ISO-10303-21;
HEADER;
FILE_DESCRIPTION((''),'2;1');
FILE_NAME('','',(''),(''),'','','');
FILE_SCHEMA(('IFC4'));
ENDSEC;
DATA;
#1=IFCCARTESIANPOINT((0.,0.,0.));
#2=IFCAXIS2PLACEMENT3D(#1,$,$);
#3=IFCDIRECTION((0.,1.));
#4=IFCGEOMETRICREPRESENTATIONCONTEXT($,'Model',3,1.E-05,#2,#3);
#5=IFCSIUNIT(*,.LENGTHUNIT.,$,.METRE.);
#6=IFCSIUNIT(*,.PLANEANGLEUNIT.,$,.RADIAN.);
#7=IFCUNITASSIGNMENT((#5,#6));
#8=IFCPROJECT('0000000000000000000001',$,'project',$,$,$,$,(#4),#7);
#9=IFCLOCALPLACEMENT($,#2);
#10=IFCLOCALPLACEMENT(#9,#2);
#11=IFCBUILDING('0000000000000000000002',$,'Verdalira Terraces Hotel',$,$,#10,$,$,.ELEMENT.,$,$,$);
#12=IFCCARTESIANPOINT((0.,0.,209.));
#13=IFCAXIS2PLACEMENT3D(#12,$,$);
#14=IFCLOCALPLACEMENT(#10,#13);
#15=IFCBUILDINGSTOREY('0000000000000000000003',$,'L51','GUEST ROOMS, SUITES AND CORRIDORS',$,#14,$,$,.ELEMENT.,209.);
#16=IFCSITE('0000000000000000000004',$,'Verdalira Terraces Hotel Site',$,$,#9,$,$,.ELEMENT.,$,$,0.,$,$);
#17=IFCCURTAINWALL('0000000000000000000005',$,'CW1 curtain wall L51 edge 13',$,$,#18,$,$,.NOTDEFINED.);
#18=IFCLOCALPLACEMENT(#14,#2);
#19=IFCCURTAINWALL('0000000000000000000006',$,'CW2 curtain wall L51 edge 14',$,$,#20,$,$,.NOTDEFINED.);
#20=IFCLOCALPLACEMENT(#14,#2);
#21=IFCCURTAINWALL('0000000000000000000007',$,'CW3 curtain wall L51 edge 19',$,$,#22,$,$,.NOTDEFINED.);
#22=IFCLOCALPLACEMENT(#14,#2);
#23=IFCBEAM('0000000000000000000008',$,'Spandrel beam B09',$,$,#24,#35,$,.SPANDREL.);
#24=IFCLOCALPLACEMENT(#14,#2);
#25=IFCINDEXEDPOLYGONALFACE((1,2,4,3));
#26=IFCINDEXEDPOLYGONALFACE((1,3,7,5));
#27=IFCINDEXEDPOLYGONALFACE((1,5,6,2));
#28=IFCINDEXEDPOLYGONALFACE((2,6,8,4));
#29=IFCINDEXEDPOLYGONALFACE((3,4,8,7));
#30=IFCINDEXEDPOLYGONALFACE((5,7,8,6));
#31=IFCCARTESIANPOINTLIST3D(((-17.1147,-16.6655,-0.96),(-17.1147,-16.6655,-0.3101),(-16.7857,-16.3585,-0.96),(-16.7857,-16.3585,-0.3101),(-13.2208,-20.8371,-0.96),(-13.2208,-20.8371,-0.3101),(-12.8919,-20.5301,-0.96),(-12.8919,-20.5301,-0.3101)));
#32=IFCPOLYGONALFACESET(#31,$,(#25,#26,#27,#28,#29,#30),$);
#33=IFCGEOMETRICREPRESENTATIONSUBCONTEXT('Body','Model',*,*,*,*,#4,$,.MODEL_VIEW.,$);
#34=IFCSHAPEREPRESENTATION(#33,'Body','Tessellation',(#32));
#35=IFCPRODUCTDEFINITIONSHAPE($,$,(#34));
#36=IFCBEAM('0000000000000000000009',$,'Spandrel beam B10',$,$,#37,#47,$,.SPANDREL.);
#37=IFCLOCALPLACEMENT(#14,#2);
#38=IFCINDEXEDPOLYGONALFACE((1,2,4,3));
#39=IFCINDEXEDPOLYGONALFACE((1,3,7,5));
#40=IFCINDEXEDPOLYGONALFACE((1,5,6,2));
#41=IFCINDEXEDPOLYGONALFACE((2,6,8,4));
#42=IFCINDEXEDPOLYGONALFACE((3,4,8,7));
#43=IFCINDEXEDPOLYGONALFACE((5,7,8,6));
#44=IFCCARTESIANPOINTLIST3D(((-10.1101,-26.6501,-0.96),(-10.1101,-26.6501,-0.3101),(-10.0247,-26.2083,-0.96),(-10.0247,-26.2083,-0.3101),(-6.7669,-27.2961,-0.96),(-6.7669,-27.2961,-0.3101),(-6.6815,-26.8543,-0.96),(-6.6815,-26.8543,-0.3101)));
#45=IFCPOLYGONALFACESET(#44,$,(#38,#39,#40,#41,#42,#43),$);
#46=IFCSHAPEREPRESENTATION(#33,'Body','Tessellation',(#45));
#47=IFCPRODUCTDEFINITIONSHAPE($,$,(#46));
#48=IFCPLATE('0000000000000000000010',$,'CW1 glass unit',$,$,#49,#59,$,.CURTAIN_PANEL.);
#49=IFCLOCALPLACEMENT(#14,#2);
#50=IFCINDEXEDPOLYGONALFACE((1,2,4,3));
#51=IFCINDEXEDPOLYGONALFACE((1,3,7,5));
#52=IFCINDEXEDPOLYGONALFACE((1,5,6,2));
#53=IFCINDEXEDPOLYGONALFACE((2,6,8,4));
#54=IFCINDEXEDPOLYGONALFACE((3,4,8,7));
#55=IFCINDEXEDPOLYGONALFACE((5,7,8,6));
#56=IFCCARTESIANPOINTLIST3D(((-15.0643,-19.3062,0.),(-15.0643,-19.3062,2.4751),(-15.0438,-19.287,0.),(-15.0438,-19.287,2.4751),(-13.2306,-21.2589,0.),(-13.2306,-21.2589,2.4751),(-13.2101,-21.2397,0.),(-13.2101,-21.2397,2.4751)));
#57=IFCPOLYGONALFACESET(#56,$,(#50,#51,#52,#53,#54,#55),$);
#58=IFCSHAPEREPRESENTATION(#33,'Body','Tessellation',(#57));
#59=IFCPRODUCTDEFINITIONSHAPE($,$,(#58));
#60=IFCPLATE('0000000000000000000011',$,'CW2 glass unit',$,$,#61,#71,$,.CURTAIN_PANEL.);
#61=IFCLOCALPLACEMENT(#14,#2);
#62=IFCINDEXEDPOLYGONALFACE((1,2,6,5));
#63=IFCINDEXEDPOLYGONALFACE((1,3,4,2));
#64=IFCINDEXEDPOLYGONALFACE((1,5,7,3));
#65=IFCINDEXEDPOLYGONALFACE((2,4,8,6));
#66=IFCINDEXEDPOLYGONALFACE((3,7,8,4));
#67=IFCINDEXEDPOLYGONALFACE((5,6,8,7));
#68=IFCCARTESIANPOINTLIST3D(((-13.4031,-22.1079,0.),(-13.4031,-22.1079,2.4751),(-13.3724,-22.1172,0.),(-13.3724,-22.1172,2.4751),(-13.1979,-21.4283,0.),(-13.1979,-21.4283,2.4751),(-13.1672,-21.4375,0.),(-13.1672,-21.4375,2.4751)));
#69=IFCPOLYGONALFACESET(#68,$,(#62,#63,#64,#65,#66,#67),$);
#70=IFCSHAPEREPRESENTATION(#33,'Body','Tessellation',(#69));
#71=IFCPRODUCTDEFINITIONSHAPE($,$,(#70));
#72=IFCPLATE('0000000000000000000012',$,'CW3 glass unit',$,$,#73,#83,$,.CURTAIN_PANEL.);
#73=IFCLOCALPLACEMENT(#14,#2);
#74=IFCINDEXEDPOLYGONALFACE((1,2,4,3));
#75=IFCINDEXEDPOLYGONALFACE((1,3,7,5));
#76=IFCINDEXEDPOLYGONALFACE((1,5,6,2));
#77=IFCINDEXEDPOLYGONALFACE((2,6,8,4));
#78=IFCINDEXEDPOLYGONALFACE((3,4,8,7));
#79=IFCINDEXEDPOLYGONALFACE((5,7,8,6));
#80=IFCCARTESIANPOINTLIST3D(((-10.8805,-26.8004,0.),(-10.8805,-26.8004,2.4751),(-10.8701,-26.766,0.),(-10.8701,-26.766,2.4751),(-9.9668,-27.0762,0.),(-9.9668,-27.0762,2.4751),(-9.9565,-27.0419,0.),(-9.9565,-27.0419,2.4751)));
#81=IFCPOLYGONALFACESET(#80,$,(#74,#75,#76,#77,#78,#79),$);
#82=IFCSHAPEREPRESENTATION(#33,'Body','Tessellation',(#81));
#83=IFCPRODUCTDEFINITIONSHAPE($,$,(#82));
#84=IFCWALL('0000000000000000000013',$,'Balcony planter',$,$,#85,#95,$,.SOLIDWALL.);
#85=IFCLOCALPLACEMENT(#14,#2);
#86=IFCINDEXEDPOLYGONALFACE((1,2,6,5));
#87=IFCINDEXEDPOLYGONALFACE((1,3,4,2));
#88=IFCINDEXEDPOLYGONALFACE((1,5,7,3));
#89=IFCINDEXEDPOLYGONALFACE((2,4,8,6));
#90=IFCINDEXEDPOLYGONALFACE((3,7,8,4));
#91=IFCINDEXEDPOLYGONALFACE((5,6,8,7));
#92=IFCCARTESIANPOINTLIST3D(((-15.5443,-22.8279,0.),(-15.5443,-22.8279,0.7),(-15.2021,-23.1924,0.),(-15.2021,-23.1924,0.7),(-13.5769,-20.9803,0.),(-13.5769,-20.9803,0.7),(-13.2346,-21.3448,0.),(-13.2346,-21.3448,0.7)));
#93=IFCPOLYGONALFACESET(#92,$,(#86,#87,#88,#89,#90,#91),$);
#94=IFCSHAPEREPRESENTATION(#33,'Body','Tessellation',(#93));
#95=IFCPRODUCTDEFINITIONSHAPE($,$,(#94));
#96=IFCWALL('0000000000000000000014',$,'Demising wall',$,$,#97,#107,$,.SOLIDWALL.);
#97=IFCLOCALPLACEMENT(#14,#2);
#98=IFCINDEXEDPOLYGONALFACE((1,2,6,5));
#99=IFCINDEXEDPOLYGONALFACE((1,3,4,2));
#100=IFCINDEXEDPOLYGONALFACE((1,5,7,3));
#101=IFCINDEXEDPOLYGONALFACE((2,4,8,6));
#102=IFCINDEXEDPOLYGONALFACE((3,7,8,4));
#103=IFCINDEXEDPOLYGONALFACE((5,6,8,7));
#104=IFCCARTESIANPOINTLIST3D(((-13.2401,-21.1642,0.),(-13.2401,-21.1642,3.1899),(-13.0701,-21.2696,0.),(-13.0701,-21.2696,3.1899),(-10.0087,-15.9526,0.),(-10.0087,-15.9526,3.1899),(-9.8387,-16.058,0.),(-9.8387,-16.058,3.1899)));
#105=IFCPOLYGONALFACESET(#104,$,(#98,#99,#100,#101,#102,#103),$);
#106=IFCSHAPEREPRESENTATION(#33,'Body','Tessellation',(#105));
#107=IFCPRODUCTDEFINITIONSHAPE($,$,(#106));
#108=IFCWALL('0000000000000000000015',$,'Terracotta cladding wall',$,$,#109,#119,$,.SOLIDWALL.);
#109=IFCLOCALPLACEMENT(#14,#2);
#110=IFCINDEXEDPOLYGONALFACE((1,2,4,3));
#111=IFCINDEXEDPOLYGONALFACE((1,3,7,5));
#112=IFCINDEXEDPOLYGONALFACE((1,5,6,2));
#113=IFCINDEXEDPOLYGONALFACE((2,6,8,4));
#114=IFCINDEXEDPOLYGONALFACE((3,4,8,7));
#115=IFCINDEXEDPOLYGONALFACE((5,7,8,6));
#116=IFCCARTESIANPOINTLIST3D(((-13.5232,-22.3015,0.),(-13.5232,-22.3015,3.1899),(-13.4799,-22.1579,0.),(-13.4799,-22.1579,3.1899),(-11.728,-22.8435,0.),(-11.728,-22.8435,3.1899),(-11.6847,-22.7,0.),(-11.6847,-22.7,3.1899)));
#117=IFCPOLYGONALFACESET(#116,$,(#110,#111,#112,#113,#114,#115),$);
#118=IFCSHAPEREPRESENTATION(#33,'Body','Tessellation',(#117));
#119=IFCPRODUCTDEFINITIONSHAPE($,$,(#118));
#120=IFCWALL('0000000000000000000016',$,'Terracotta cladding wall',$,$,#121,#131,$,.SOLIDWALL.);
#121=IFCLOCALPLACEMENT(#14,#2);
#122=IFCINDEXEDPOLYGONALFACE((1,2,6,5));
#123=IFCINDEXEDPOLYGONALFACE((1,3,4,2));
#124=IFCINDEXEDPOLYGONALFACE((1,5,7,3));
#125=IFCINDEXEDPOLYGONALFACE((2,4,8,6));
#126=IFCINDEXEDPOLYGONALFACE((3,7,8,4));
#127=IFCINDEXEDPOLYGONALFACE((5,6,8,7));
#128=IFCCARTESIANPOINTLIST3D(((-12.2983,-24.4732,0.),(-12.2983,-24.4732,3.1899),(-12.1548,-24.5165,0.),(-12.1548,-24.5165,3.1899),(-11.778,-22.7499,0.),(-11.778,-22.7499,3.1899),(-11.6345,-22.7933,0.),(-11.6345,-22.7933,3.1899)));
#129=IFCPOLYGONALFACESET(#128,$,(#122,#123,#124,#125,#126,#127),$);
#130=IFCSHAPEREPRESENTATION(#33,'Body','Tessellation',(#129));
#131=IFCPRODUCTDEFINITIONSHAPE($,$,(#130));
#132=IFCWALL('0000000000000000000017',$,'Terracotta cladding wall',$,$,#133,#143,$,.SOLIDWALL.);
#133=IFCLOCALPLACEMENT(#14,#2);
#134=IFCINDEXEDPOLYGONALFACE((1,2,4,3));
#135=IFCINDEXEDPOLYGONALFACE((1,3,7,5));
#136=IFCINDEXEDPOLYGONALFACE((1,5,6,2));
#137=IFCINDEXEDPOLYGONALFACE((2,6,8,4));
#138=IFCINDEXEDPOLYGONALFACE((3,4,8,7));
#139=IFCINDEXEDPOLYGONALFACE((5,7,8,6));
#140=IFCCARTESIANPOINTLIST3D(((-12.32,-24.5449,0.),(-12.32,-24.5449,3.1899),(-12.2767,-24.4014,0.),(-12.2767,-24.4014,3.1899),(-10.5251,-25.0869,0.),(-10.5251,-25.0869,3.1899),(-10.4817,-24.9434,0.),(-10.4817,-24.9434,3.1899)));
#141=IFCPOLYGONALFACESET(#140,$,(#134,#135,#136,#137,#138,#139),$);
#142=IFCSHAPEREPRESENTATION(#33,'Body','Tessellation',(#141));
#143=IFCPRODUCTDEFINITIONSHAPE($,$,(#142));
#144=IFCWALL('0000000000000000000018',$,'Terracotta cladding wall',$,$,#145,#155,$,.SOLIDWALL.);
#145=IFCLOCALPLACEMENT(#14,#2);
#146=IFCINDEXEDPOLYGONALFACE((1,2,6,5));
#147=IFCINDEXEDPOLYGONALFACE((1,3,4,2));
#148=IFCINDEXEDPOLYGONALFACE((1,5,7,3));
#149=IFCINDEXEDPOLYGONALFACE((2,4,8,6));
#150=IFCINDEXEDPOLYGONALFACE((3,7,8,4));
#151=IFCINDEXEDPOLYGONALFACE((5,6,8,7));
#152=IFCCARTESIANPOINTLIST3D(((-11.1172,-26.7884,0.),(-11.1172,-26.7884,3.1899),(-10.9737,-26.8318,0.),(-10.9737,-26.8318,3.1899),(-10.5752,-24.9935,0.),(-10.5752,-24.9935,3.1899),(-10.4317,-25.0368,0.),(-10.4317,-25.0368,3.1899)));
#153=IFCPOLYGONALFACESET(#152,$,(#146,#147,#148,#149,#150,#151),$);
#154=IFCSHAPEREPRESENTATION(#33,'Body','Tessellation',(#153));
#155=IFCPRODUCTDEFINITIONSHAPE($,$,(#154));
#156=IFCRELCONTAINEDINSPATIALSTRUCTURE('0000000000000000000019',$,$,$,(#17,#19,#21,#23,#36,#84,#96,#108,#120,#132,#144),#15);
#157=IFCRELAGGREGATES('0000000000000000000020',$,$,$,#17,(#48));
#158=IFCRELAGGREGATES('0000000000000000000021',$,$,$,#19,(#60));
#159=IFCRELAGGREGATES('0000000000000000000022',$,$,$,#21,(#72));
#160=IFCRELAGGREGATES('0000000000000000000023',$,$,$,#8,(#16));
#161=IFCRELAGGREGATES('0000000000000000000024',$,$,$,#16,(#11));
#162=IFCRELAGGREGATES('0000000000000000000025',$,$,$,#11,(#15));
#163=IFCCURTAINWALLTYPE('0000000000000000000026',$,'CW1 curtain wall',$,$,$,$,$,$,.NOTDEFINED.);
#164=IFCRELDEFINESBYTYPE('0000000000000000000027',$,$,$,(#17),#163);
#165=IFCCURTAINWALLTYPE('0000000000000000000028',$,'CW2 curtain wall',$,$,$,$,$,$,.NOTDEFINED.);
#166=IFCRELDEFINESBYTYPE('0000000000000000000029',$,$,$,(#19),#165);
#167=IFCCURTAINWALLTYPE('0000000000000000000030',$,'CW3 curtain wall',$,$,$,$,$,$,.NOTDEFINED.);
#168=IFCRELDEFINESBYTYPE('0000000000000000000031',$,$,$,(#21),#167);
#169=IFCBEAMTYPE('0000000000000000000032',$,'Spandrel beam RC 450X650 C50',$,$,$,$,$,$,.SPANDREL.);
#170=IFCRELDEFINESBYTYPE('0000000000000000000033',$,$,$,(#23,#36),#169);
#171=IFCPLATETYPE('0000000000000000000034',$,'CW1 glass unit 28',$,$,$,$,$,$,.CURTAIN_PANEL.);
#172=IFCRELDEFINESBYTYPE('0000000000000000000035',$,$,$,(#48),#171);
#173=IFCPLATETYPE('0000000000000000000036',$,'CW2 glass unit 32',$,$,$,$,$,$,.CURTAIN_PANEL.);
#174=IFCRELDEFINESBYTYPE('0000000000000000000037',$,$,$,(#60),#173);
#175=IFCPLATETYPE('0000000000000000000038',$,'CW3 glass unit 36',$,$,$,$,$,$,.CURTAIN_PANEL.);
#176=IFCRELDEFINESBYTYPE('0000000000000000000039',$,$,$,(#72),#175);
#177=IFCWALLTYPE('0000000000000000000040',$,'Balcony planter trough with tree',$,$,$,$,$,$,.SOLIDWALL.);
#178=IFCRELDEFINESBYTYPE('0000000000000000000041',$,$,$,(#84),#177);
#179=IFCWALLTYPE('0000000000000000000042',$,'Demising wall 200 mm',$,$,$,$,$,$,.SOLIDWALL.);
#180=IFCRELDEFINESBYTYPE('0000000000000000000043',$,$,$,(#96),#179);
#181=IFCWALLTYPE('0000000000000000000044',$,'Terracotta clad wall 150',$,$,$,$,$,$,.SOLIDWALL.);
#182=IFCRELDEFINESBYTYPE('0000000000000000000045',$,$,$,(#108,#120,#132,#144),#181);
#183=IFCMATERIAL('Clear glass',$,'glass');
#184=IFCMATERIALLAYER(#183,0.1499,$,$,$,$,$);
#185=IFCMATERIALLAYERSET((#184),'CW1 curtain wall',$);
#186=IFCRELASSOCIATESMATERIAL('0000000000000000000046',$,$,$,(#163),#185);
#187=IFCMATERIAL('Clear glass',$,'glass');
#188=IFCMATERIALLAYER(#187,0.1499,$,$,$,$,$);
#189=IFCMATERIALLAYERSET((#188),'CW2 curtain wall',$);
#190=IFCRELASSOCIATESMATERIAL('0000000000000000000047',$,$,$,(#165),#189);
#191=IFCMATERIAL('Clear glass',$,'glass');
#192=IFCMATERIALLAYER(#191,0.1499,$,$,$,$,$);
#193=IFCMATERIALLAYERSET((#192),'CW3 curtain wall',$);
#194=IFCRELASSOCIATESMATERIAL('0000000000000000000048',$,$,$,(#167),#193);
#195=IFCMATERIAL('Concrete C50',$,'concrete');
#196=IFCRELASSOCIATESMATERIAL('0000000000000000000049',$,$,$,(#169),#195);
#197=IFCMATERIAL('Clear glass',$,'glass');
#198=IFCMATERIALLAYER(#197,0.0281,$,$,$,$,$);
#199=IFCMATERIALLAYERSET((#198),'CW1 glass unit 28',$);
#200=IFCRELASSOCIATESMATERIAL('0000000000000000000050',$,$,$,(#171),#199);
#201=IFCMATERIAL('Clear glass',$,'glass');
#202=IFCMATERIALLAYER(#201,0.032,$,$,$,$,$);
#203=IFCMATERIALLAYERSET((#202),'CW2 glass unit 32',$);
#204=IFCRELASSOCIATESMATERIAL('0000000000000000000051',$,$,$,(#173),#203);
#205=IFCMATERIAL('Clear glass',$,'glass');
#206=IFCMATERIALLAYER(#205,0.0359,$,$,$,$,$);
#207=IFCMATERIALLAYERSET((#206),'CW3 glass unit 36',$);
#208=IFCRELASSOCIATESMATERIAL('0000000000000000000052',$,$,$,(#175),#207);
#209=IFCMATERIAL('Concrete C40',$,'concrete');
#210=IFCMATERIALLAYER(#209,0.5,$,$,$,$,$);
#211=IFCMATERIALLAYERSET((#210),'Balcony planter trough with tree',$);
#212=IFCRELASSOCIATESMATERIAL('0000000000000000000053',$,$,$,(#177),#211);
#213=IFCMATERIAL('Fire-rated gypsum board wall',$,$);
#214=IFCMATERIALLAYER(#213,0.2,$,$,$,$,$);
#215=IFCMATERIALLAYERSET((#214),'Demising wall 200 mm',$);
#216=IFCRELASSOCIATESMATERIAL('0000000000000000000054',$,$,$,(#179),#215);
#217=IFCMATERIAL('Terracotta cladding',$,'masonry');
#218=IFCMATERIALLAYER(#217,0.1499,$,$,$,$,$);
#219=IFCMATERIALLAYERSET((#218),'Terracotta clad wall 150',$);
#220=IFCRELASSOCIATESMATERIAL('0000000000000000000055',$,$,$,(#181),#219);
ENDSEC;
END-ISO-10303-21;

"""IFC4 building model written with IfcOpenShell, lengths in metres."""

from ifc_helpers import new_model, si_unit, direction, frame, frame_2d, origin, origin_2d, place, context, subcontext, project, spatial, rectangle, extrude, material, layer, layer_set, material_profile, profile_set, type_object, element, aggregate, save


model = new_model("IFC4")

# Units and contexts
model_context = context("Model", 3, precision=1e-05, world=origin(), true_north=direction((0.0, 1.0)))
body_context = subcontext(model_context, "Body", "Model", "MODEL_VIEW")
ifc_project = project(units=[si_unit("LENGTHUNIT", "METRE"), si_unit("PLANEANGLEUNIT", "RADIAN")], contexts=[model_context])

# Site, building, storey
site_placement = place(None, origin())
site = spatial("IfcSite", under=ifc_project, at=site_placement, Name="Verdalira Terraces Hotel Site", CompositionType="ELEMENT", RefElevation=0.0)
building_placement = place(site_placement, origin())
building = spatial("IfcBuilding", under=site, at=building_placement, Name="Verdalira Terraces Hotel", CompositionType="ELEMENT")
storey_placement = place(building_placement, frame((0.0, 0.0, 209.0)))
storey = spatial("IfcBuildingStorey", under=building, at=storey_placement, Name="L51", Description="GUEST ROOMS, SUITES AND CORRIDORS", CompositionType="ELEMENT", Elevation=209.0)

# Curtain wall
ifc_material_1 = material(Name="Clear glass", Category="glass")
ifc_layer_1 = layer(ifc_material_1, 0.1499)
ifc_layer_set_1 = layer_set([ifc_layer_1], Name="CW1 curtain wall")
curtain_wall_type_1 = type_object("IfcCurtainWallType", Name="CW1 curtain wall", PredefinedType="NOTDEFINED", material=ifc_layer_set_1)
curtain_wall_1_placement = place(storey_placement, origin())
curtain_wall_1 = element("IfcCurtainWall", 1, at=curtain_wall_1_placement, inside=storey, type_object=curtain_wall_type_1, Name="CW1 curtain wall L51 edge 13", PredefinedType="NOTDEFINED")

# Curtain walls
ifc_material_2 = material(Name="Clear glass", Category="glass")
ifc_layer_2 = layer(ifc_material_2, 0.1499)
ifc_layer_set_2 = layer_set([ifc_layer_2], Name="CW2 curtain wall")
curtain_wall_type_2 = type_object("IfcCurtainWallType", Name="CW2 curtain wall", PredefinedType="NOTDEFINED", material=ifc_layer_set_2)
curtain_wall_2_placement = place(storey_placement, origin())
curtain_wall_2 = element("IfcCurtainWall", 2, at=curtain_wall_2_placement, inside=storey, type_object=curtain_wall_type_2, Name="CW2 curtain wall L51 edge 14", PredefinedType="NOTDEFINED")
ifc_material_3 = material(Name="Clear glass", Category="glass")
ifc_layer_3 = layer(ifc_material_3, 0.1499)
ifc_layer_set_3 = layer_set([ifc_layer_3], Name="CW3 curtain wall")
curtain_wall_type_3 = type_object("IfcCurtainWallType", Name="CW3 curtain wall", PredefinedType="NOTDEFINED", material=ifc_layer_set_3)
curtain_wall_3_placement = place(storey_placement, origin())
curtain_wall_3 = element("IfcCurtainWall", 3, at=curtain_wall_3_placement, inside=storey, type_object=curtain_wall_type_3, Name="CW3 curtain wall L51 edge 19", PredefinedType="NOTDEFINED")

# Beams
ifc_material_4 = material(Name="Concrete C50", Category="concrete")
ifc_material_profile_1 = material_profile(ifc_material_4, rectangle(XDim=0.45, YDim=0.6499, at=origin_2d()), Name="RC 450X650")
ifc_profile_set_1 = profile_set([ifc_material_profile_1], Name="Concrete C50")
beam_type_1 = type_object("IfcBeamType", Name="Spandrel beam RC 450X650 C50", PredefinedType="SPANDREL", material=ifc_profile_set_1)
beam_1_placement = place(storey_placement, frame((-16.9502, -16.512, -0.635), z_axis=(0.682344, -0.731031, 0.0), x_axis=(0.731031, 0.682344, 0.0)))
element("IfcBeam", 4, at=beam_1_placement, inside=storey, type_object=beam_type_1, Name="Spandrel beam B09", PredefinedType="SPANDREL", context=body_context, shape_type="SweptSolid", body=[
    extrude(rectangle(XDim=0.45, YDim=0.6499, at=origin_2d()), origin(), (0.0, 0.0, 1.0), 5.7065),
])
beam_2_placement = place(storey_placement, frame((-10.0674, -26.4292, -0.635), z_axis=(0.981839, -0.189714, 0.0), x_axis=(0.189714, 0.981839, 0.0)))
element("IfcBeam", 5, at=beam_2_placement, inside=storey, type_object=beam_type_1, Name="Spandrel beam B10", PredefinedType="SPANDREL", context=body_context, shape_type="SweptSolid", body=[
    extrude(rectangle(XDim=0.45, YDim=0.6499, at=origin_2d()), origin(), (0.0, 0.0, 1.0), 3.405),
])

# Plates
ifc_material_5 = material(Name="Clear glass", Category="glass")
ifc_layer_4 = layer(ifc_material_5, 0.0281)
ifc_layer_set_4 = layer_set([ifc_layer_4], Name="CW1 glass unit 28")
plate_type_1 = type_object("IfcPlateType", Name="CW1 glass unit 28", PredefinedType="CURTAIN_PANEL", material=ifc_layer_set_4)
plate_1_placement = place(storey_placement, frame((-14.1372, -20.2729, 0.0), z_axis=(0.0, 0.0, 1.0), x_axis=(0.684547, -0.728969, 0.0)))
plate_1 = element("IfcPlate", 6, at=plate_1_placement, type_object=plate_type_1, Name="CW1 glass unit", PredefinedType="CURTAIN_PANEL", context=body_context, shape_type="SweptSolid", body=[
    extrude(rectangle(XDim=2.6787, YDim=0.0281, at=origin_2d()), origin(), (0.0, 0.0, 1.0), 2.4751),
])
aggregate(curtain_wall_1, [plate_1])
ifc_material_6 = material(Name="Clear glass", Category="glass")
ifc_layer_5 = layer(ifc_material_6, 0.032)
ifc_layer_set_5 = layer_set([ifc_layer_5], Name="CW2 glass unit 32")
plate_type_2 = type_object("IfcPlateType", Name="CW2 glass unit 32", PredefinedType="CURTAIN_PANEL", material=ifc_layer_set_5)
plate_2_placement = place(storey_placement, frame((-13.2852, -21.7727, 0.0), z_axis=(0.0, 0.0, 1.0), x_axis=(-0.289032, -0.957319, 0.0)))
plate_2 = element("IfcPlate", 7, at=plate_2_placement, type_object=plate_type_2, Name="CW2 glass unit", PredefinedType="CURTAIN_PANEL", context=body_context, shape_type="SweptSolid", body=[
    extrude(rectangle(XDim=0.71, YDim=0.032, at=origin_2d()), origin(), (0.0, 0.0, 1.0), 2.4751),
])
aggregate(curtain_wall_2, [plate_2])
ifc_material_7 = material(Name="Clear glass", Category="glass")
ifc_layer_6 = layer(ifc_material_7, 0.0359)
ifc_layer_set_6 = layer_set([ifc_layer_6], Name="CW3 glass unit 36")
plate_type_3 = type_object("IfcPlateType", Name="CW3 glass unit 36", PredefinedType="CURTAIN_PANEL", material=ifc_layer_set_6)
plate_3_placement = place(storey_placement, frame((-10.4185, -26.9211, 0.0), z_axis=(0.0, 0.0, 1.0), x_axis=(0.957319, -0.289032, 0.0)))
plate_3 = element("IfcPlate", 8, at=plate_3_placement, type_object=plate_type_3, Name="CW3 glass unit", PredefinedType="CURTAIN_PANEL", context=body_context, shape_type="SweptSolid", body=[
    extrude(rectangle(XDim=0.9543, YDim=0.0359, at=origin_2d()), origin(), (0.0, 0.0, 1.0), 2.4751),
])
aggregate(curtain_wall_3, [plate_3])

# Walls
ifc_material_8 = material(Name="Concrete C40", Category="concrete")
ifc_layer_7 = layer(ifc_material_8, 0.5)
ifc_layer_set_7 = layer_set([ifc_layer_7], Name="Balcony planter trough with tree")
wall_type_1 = type_object("IfcWallType", Name="Balcony planter trough with tree", PredefinedType="SOLIDWALL", material=ifc_layer_set_7)
wall_1_placement = place(storey_placement, frame((-15.3733, -23.0103, 0.0), z_axis=(0.0, 0.0, 1.0), x_axis=(0.728964, 0.684552, 0.0)))
element("IfcWall", 9, at=wall_1_placement, inside=storey, type_object=wall_type_1, Name="Balcony planter", PredefinedType="SOLIDWALL", context=body_context, shape_type="SweptSolid", body=[
    extrude(rectangle(XDim=2.699, YDim=0.5, at=frame_2d((1.3496, 0.0))), origin(), (0.0, 0.0, 1.0), 0.7),
])
ifc_material_9 = material(Name="Fire-rated gypsum board wall")
ifc_layer_8 = layer(ifc_material_9, 0.2)
ifc_layer_set_8 = layer_set([ifc_layer_8], Name="Demising wall 200 mm")
wall_type_2 = type_object("IfcWallType", Name="Demising wall 200 mm", PredefinedType="SOLIDWALL", material=ifc_layer_set_8)
wall_2_placement = place(storey_placement, frame((-13.155, -21.2168, 0.0), z_axis=(0.0, 0.0, 1.0), x_axis=(0.526964, 0.849887, 0.0)))
element("IfcWall", 10, at=wall_2_placement, inside=storey, type_object=wall_type_2, Name="Demising wall", PredefinedType="SOLIDWALL", context=body_context, shape_type="SweptSolid", body=[
    extrude(rectangle(XDim=6.1321, YDim=0.2, at=frame_2d((3.0659, 0.0))), origin(), (0.0, 0.0, 1.0), 3.1899),
])
ifc_material_10 = material(Name="Terracotta cladding", Category="masonry")
ifc_layer_9 = layer(ifc_material_10, 0.1499)
ifc_layer_set_9 = layer_set([ifc_layer_9], Name="Terracotta clad wall 150")
wall_type_3 = type_object("IfcWallType", Name="Terracotta clad wall 150", PredefinedType="SOLIDWALL", material=ifc_layer_set_9)
wall_3_placement = place(storey_placement, frame((-13.5015, -22.2297, 0.0), z_axis=(0.0, 0.0, 1.0), x_axis=(0.95732, -0.289032, 0.0)))
element("IfcWall", 11, at=wall_3_placement, inside=storey, type_object=wall_type_3, Name="Terracotta cladding wall", PredefinedType="SOLIDWALL", context=body_context, shape_type="SweptSolid", body=[
    extrude(rectangle(XDim=1.8752, YDim=0.1499, at=frame_2d((0.9375, 0.0))), origin(), (0.0, 0.0, 1.0), 3.1899),
])
wall_4_placement = place(storey_placement, frame((-11.7063, -22.7717, 0.0), z_axis=(0.0, 0.0, 1.0), x_axis=(-0.28904, -0.957317, 0.0)))
element("IfcWall", 12, at=wall_4_placement, inside=storey, type_object=wall_type_3, Name="Terracotta cladding wall", PredefinedType="SOLIDWALL", context=body_context, shape_type="SweptSolid", body=[
    extrude(rectangle(XDim=1.8, YDim=0.1499, at=frame_2d((0.8999, 0.0))), origin(), (0.0, 0.0, 1.0), 3.1899),
])
for number, where, z_axis, x_axis, name in (
    (13, (-12.2983, -24.4731, 0.0), (0.0, 0.0, 1.0), (0.957309, -0.289068, 0.0), "Terracotta cladding wall"),
    (14, (-10.5034, -25.0151, 0.0), (0.0, 0.0, 1.0), (-0.289068, -0.957309, 0.0), "Terracotta cladding wall"),
):
    element("IfcWall", number, at=place(storey_placement, frame(where, z_axis=z_axis, x_axis=x_axis)), inside=storey, type_object=wall_type_3, Name=name, PredefinedType="SOLIDWALL", context=body_context, shape_type="SweptSolid", body=[
        extrude(rectangle(XDim=1.875, YDim=0.1499, at=frame_2d((0.9375, 0.0))), origin(), (0.0, 0.0, 1.0), 3.1899),
    ])

save(model, "model.ifc")
